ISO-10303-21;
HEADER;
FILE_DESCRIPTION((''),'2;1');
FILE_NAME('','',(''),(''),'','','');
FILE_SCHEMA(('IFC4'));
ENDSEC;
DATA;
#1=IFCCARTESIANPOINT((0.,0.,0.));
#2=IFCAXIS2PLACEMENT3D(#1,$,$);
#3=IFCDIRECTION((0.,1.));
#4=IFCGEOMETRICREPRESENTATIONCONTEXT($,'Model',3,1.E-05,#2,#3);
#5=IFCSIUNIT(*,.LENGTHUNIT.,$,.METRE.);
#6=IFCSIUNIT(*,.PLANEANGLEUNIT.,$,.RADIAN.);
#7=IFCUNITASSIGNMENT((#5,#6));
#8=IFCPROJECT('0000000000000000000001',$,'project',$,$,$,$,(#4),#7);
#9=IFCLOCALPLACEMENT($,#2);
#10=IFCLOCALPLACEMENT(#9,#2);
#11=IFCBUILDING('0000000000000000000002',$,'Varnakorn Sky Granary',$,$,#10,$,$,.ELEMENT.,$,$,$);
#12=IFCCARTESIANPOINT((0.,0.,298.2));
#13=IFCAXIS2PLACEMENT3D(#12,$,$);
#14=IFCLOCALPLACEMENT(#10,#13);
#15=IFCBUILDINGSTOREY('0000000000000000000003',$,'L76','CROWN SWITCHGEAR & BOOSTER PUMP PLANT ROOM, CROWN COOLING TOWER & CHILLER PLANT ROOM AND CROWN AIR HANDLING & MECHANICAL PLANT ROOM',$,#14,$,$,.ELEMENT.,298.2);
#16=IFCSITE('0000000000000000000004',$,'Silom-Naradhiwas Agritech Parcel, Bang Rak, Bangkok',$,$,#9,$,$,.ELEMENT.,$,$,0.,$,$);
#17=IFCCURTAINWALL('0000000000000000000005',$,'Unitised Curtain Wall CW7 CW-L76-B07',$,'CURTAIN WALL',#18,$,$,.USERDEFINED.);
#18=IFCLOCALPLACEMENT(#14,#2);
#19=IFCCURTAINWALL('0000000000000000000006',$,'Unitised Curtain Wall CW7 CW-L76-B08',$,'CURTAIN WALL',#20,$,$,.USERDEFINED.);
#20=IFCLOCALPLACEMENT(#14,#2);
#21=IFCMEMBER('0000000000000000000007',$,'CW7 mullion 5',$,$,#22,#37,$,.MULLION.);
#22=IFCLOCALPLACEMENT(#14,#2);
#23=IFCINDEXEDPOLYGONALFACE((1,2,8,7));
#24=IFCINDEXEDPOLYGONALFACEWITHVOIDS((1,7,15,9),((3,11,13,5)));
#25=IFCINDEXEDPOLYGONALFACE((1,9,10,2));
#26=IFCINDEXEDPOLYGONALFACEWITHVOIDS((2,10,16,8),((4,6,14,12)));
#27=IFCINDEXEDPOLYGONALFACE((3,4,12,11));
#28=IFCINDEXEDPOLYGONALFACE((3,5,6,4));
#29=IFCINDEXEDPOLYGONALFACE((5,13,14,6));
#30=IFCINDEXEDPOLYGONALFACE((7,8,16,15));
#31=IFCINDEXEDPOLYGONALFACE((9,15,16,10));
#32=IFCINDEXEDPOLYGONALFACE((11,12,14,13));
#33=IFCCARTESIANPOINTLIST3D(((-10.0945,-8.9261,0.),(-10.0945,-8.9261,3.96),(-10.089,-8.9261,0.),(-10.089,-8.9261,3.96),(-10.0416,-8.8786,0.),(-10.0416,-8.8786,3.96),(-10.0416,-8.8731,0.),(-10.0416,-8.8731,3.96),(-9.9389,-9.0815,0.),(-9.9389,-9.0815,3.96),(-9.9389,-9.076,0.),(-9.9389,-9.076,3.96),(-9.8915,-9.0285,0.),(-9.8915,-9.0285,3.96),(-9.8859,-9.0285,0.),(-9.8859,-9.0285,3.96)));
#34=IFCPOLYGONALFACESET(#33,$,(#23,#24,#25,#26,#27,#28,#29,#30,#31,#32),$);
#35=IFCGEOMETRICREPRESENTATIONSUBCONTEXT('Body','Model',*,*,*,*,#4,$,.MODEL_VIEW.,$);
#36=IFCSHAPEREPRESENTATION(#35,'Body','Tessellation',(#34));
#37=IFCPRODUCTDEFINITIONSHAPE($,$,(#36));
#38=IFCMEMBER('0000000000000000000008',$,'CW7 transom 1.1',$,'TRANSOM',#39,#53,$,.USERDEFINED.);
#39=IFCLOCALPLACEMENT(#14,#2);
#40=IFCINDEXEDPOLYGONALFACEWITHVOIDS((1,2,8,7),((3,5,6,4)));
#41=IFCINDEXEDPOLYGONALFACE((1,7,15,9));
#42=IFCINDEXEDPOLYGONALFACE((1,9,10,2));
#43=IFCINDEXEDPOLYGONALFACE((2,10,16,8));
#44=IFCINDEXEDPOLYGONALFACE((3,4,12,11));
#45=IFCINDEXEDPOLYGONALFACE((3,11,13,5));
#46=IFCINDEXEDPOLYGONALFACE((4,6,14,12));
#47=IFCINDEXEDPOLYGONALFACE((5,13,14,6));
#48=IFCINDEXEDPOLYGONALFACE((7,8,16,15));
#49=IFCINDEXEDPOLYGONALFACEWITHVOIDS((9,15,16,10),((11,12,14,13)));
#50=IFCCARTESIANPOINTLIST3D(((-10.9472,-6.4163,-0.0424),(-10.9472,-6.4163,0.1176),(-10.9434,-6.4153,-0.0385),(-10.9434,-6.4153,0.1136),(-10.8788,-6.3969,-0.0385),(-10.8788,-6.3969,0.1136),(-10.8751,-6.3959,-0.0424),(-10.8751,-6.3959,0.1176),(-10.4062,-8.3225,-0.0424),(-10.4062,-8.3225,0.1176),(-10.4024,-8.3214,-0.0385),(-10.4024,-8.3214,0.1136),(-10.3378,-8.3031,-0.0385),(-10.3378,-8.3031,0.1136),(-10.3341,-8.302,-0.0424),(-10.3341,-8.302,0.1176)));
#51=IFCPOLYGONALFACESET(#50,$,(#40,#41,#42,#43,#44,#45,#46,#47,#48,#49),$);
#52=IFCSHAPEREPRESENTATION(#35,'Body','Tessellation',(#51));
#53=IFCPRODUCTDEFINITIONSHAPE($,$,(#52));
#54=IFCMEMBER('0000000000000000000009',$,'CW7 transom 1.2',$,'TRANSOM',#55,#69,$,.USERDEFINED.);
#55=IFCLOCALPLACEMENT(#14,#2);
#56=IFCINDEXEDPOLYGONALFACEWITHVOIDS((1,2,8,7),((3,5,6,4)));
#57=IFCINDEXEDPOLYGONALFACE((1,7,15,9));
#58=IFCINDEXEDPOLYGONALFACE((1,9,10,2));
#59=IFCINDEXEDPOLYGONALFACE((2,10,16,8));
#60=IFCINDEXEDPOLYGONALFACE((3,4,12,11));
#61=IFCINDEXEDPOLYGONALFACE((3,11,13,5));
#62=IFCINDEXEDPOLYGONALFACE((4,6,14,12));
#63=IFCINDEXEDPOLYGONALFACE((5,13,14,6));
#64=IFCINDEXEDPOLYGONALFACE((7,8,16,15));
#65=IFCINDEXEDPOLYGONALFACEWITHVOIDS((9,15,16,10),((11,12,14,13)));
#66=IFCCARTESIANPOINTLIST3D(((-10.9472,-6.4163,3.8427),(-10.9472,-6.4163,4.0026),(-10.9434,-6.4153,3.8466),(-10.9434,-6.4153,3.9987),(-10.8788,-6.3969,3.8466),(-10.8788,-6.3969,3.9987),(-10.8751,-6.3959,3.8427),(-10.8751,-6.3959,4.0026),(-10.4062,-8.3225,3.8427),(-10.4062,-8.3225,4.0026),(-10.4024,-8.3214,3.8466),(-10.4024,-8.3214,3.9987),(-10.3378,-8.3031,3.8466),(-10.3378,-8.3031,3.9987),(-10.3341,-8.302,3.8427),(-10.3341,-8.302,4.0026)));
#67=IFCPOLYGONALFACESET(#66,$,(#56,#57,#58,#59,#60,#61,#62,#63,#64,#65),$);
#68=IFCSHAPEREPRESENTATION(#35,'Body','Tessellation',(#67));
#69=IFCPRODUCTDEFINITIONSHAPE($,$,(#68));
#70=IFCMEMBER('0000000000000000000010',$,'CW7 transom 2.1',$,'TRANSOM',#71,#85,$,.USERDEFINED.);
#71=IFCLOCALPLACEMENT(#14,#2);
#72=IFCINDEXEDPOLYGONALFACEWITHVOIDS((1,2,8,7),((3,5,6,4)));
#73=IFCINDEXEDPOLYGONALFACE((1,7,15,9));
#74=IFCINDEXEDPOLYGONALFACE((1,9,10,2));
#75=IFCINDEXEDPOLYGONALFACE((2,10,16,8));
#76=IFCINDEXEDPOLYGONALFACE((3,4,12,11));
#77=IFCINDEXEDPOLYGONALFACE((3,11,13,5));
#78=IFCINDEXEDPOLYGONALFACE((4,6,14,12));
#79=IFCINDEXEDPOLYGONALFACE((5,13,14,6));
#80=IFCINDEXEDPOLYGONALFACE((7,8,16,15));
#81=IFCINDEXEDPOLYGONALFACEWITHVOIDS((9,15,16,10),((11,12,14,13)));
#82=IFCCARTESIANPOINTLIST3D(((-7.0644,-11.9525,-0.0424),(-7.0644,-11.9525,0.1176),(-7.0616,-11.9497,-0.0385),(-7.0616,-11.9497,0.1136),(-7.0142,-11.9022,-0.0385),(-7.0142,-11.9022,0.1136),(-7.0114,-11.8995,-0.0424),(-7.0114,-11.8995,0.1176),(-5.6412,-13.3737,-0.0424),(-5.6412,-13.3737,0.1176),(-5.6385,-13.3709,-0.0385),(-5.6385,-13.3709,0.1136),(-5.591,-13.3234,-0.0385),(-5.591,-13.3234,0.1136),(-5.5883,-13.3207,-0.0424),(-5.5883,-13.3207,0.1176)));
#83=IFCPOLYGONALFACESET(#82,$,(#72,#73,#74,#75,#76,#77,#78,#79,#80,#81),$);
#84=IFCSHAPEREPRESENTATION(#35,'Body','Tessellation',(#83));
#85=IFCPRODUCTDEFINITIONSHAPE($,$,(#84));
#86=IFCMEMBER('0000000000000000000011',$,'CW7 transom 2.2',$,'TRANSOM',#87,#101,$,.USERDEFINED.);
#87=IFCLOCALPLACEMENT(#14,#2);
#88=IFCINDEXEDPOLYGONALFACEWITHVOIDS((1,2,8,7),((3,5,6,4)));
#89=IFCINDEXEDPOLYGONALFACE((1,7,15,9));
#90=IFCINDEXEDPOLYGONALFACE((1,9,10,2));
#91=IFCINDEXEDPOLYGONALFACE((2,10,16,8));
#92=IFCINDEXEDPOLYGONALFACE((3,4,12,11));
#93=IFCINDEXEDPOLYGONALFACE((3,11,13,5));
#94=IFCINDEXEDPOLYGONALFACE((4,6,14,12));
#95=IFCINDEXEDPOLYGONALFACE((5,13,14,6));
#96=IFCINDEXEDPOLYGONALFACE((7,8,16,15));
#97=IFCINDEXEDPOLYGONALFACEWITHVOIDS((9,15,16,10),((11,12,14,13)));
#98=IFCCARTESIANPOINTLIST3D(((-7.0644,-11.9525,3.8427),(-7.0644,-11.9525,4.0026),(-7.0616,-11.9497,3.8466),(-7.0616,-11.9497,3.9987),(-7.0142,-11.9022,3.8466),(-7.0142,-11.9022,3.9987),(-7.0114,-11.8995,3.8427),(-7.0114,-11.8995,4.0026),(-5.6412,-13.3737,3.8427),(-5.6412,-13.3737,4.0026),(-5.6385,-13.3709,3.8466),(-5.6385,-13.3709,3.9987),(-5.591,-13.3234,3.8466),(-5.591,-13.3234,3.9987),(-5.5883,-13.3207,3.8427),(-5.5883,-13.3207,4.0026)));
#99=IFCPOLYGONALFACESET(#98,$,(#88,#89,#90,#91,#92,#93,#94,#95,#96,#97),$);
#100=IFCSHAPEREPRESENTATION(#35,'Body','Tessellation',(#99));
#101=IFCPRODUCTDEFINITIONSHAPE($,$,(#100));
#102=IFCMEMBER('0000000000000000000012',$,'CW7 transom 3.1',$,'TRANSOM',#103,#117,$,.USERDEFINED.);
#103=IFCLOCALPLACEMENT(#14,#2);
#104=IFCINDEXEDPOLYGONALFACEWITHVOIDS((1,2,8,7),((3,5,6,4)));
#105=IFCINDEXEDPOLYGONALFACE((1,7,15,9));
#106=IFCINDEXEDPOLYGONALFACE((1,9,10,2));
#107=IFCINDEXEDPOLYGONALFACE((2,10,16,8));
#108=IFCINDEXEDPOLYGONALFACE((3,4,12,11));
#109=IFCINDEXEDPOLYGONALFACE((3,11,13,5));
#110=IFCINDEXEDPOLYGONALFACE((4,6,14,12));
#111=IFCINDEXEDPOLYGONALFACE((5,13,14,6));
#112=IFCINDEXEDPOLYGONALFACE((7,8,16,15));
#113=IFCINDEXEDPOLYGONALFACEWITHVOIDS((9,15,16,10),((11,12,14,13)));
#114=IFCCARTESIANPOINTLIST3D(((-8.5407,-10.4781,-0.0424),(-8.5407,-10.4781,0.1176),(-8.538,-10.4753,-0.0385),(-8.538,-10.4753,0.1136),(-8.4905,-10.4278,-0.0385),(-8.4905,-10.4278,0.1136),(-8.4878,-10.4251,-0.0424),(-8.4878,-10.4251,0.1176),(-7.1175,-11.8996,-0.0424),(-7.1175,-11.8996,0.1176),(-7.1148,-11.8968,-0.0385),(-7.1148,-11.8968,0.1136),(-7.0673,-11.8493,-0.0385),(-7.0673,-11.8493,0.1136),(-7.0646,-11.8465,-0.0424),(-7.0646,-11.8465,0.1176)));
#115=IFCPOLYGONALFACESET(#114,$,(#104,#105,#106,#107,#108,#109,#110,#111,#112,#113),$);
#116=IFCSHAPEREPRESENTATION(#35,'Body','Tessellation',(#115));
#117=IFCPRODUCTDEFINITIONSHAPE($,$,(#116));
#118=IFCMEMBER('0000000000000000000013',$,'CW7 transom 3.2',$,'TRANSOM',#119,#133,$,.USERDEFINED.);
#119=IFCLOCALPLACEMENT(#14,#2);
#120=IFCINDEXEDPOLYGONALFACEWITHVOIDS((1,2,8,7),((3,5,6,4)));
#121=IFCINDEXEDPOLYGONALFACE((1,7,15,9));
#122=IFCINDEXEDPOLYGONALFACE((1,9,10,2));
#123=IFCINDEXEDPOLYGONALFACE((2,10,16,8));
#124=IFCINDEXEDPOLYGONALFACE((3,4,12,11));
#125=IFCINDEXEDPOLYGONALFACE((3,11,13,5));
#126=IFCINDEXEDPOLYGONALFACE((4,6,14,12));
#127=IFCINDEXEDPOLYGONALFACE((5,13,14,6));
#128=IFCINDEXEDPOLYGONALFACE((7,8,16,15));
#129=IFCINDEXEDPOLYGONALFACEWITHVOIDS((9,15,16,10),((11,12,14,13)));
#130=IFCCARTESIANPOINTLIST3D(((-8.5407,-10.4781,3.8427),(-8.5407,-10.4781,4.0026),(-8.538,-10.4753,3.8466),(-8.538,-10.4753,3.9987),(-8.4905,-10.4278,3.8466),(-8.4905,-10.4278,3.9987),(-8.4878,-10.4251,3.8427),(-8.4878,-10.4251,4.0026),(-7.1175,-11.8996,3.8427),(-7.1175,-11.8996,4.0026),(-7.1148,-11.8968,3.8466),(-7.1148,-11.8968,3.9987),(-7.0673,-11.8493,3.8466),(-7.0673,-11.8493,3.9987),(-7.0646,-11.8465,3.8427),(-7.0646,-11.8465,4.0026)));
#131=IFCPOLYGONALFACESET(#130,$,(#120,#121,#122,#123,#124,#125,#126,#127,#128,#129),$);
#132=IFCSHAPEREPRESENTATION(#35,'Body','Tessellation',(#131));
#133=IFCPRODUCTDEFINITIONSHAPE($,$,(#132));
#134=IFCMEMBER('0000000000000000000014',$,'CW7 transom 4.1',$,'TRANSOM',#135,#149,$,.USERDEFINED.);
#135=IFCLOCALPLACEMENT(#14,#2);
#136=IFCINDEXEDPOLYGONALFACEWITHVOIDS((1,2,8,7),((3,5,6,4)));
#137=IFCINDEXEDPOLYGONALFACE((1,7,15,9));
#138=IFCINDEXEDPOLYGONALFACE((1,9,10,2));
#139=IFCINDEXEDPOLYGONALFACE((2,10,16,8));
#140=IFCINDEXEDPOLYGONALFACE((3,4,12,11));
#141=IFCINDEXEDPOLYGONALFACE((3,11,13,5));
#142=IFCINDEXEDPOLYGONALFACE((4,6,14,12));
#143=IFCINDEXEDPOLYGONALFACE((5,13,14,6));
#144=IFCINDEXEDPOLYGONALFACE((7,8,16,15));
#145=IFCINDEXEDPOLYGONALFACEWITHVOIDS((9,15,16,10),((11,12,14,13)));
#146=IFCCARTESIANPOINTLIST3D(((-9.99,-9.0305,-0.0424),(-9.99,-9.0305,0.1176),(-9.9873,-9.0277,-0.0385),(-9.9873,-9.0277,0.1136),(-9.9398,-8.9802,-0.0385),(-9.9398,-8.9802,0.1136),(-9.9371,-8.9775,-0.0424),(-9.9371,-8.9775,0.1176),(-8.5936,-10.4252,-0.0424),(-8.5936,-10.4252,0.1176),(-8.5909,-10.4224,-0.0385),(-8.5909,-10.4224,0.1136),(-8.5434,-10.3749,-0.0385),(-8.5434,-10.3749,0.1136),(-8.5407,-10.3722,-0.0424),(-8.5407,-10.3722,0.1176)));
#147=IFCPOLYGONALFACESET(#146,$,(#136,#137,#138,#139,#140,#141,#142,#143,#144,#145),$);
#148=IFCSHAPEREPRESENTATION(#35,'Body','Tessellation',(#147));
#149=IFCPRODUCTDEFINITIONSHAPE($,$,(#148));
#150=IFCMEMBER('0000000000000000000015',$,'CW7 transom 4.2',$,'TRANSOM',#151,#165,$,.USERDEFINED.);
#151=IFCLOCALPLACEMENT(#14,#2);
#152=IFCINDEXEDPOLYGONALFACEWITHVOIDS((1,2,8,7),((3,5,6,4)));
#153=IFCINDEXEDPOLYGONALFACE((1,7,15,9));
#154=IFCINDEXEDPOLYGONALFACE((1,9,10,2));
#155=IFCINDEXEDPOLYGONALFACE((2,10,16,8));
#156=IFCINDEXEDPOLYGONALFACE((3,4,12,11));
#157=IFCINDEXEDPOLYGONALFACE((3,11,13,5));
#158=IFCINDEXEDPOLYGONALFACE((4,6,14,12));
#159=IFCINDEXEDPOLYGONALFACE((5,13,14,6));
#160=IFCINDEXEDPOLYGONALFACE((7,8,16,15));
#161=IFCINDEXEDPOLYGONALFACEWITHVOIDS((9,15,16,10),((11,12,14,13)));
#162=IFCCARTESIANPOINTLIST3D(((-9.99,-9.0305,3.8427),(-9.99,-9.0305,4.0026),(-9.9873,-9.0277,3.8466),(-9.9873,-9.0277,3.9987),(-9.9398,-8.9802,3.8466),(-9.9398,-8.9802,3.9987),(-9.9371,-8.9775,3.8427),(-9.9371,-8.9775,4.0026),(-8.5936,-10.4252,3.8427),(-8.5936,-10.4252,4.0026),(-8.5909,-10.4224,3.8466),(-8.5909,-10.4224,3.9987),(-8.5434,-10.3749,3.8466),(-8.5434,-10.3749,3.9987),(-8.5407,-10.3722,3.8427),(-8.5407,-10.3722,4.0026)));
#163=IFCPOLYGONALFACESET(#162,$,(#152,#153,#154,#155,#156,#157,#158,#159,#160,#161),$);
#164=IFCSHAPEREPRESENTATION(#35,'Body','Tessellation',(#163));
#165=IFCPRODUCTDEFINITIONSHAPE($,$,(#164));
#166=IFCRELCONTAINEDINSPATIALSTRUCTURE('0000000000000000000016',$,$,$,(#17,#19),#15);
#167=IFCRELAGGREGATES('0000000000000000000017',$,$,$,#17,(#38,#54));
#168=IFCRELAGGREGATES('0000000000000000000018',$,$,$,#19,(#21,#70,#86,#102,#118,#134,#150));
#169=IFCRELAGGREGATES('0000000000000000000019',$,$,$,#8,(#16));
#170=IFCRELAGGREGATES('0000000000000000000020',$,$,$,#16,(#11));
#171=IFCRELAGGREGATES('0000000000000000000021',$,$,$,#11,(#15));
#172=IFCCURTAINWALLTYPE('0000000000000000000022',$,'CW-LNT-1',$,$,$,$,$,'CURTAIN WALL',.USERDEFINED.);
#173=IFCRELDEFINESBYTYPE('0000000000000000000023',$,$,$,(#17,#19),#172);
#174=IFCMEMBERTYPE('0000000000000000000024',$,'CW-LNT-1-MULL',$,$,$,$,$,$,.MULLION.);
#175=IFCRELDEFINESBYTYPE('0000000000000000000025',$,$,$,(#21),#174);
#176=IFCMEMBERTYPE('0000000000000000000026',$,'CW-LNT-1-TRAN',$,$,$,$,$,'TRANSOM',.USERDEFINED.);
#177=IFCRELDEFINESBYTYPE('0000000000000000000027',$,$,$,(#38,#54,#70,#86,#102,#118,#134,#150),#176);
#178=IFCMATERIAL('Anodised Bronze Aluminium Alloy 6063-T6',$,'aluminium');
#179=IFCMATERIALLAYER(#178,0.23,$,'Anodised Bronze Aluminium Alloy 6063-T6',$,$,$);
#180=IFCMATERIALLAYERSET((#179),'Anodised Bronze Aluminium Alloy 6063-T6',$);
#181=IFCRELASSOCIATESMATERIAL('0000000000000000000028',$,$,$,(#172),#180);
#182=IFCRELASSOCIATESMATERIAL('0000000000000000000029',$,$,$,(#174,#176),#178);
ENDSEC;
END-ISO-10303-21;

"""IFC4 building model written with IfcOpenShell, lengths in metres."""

from ifc_helpers import new_model, si_unit, direction, frame, origin, origin_2d, place, context, subcontext, project, spatial, hollow_rectangle, extrude, material, layer, layer_set, material_profile, profile_set, type_object, element, aggregate, save


model = new_model("IFC4")

# Units and contexts
model_context = context("Model", 3, precision=1e-05, world=origin(), true_north=direction((0.0, 1.0)))
body_context = subcontext(model_context, "Body", "Model", "MODEL_VIEW")
ifc_project = project(units=[si_unit("LENGTHUNIT", "METRE"), si_unit("PLANEANGLEUNIT", "RADIAN")], contexts=[model_context])

# Site, building, storey
site_placement = place(None, origin())
site = spatial("IfcSite", under=ifc_project, at=site_placement, Name="Silom-Naradhiwas Agritech Parcel, Bang Rak, Bangkok", CompositionType="ELEMENT", RefElevation=0.0)
building_placement = place(site_placement, origin())
building = spatial("IfcBuilding", under=site, at=building_placement, Name="Varnakorn Sky Granary", CompositionType="ELEMENT")
storey_placement = place(building_placement, frame((0.0, 0.0, 298.2)))
storey = spatial("IfcBuildingStorey", under=building, at=storey_placement, Name="L76", Description="CROWN SWITCHGEAR & BOOSTER PUMP PLANT ROOM, CROWN COOLING TOWER & CHILLER PLANT ROOM AND CROWN AIR HANDLING & MECHANICAL PLANT ROOM", CompositionType="ELEMENT", Elevation=298.2)

# Curtain wall
ifc_material_1 = material(Name="Anodised Bronze Aluminium Alloy 6063-T6", Category="aluminium")
ifc_layer_1 = layer(ifc_material_1, 0.23, Name="Anodised Bronze Aluminium Alloy 6063-T6")
ifc_layer_set_1 = layer_set([ifc_layer_1], Name="Anodised Bronze Aluminium Alloy 6063-T6")
curtain_wall_type = type_object("IfcCurtainWallType", Name="CW-LNT-1", ElementType="CURTAIN WALL", PredefinedType="USERDEFINED", material=ifc_layer_set_1)
curtain_wall_1_placement = place(storey_placement, origin())
curtain_wall_1 = element("IfcCurtainWall", 1, at=curtain_wall_1_placement, inside=storey, type_object=curtain_wall_type, Name="Unitised Curtain Wall CW7 CW-L76-B07", ObjectType="CURTAIN WALL", PredefinedType="USERDEFINED")
ifc_material_profile_1 = material_profile(ifc_material_1, hollow_rectangle(XDim=0.075, YDim=0.22, WallThickness=0.0039, at=origin_2d()), Name="ALU MULL 75x220")
ifc_profile_set_1 = profile_set([ifc_material_profile_1], Name="Anodised Bronze Aluminium Alloy 6063-T6")
member_type_1 = type_object("IfcMemberType", Name="CW-LNT-1-MULL", PredefinedType="MULLION", material=ifc_profile_set_1)

# Curtain wall, member
curtain_wall_2_placement = place(storey_placement, origin())
curtain_wall_2 = element("IfcCurtainWall", 2, at=curtain_wall_2_placement, inside=storey, type_object=curtain_wall_type, Name="Unitised Curtain Wall CW7 CW-L76-B08", ObjectType="CURTAIN WALL", PredefinedType="USERDEFINED")
member_1_placement = place(storey_placement, frame((-9.9902, -8.9773, 0.0), z_axis=(0.0, 0.0, 1.0), x_axis=(-0.706663, -0.70755, 0.0)))
member_1 = element("IfcMember", 3, at=member_1_placement, type_object=member_type_1, Name="CW7 mullion 5", PredefinedType="MULLION", context=body_context, shape_type="SweptSolid", body=[
    extrude(hollow_rectangle(XDim=0.075, YDim=0.22, WallThickness=0.0039, at=origin_2d()), origin(), (0.0, 0.0, 1.0), 3.96),
])

# Members
ifc_material_profile_2 = material_profile(ifc_material_1, hollow_rectangle(XDim=0.075, YDim=0.1599, WallThickness=0.0039, at=origin_2d()), Name="ALU TRAN 75x160")
ifc_profile_set_2 = profile_set([ifc_material_profile_2], Name="Anodised Bronze Aluminium Alloy 6063-T6")
member_type_2 = type_object("IfcMemberType", Name="CW-LNT-1-TRAN", ElementType="TRANSOM", PredefinedType="USERDEFINED", material=ifc_profile_set_2)
member_2_placement = place(storey_placement, frame((-10.3701, -8.3123, 0.0376), z_axis=(-0.273028, 0.962006, 0.0), x_axis=(-0.962006, -0.273028, 0.0)))
member_2 = element("IfcMember", 4, at=member_2_placement, type_object=member_type_2, Name="CW7 transom 1.1", ObjectType="TRANSOM", PredefinedType="USERDEFINED", context=body_context, shape_type="SweptSolid", body=[
    extrude(hollow_rectangle(XDim=0.075, YDim=0.1599, WallThickness=0.0039, at=origin_2d()), origin(), (0.0, 0.0, 1.0), 1.9814),
])
member_3_placement = place(storey_placement, frame((-10.3701, -8.3123, 3.9226), z_axis=(-0.273028, 0.962006, 0.0), x_axis=(-0.962006, -0.273028, 0.0)))
member_3 = element("IfcMember", 5, at=member_3_placement, type_object=member_type_2, Name="CW7 transom 1.2", ObjectType="TRANSOM", PredefinedType="USERDEFINED", context=body_context, shape_type="SweptSolid", body=[
    extrude(hollow_rectangle(XDim=0.075, YDim=0.1599, WallThickness=0.0039, at=origin_2d()), origin(), (0.0, 0.0, 1.0), 1.9814),
])
aggregate(curtain_wall_1, [member_2, member_3])
member_4_placement = place(storey_placement, frame((-5.6147, -13.3472, 0.0376), z_axis=(-0.707592, 0.706621, 0.0), x_axis=(-0.706621, -0.707592, 0.0)))
member_4 = element("IfcMember", 6, at=member_4_placement, type_object=member_type_2, Name="CW7 transom 2.1", ObjectType="TRANSOM", PredefinedType="USERDEFINED", context=body_context, shape_type="SweptSolid", body=[
    extrude(hollow_rectangle(XDim=0.075, YDim=0.1599, WallThickness=0.0039, at=origin_2d()), origin(), (0.0, 0.0, 1.0), 2.0112),
])
member_5_placement = place(storey_placement, frame((-5.6147, -13.3472, 3.9226), z_axis=(-0.707592, 0.706621, 0.0), x_axis=(-0.706621, -0.707592, 0.0)))
member_5 = element("IfcMember", 7, at=member_5_placement, type_object=member_type_2, Name="CW7 transom 2.2", ObjectType="TRANSOM", PredefinedType="USERDEFINED", context=body_context, shape_type="SweptSolid", body=[
    extrude(hollow_rectangle(XDim=0.075, YDim=0.1599, WallThickness=0.0039, at=origin_2d()), origin(), (0.0, 0.0, 1.0), 2.0112),
])
member_6_placement = place(storey_placement, frame((-7.0911, -11.873, 0.0376), z_axis=(-0.707531, 0.706682, 0.0), x_axis=(-0.706682, -0.707531, 0.0)))
member_6 = element("IfcMember", 8, at=member_6_placement, type_object=member_type_2, Name="CW7 transom 3.1", ObjectType="TRANSOM", PredefinedType="USERDEFINED", context=body_context, shape_type="SweptSolid", body=[
    extrude(hollow_rectangle(XDim=0.075, YDim=0.1599, WallThickness=0.0039, at=origin_2d()), origin(), (0.0, 0.0, 1.0), 2.0115),
])
member_7_placement = place(storey_placement, frame((-7.0911, -11.873, 3.9226), z_axis=(-0.707531, 0.706682, 0.0), x_axis=(-0.706682, -0.707531, 0.0)))
member_7 = element("IfcMember", 9, at=member_7_placement, type_object=member_type_2, Name="CW7 transom 3.2", ObjectType="TRANSOM", PredefinedType="USERDEFINED", context=body_context, shape_type="SweptSolid", body=[
    extrude(hollow_rectangle(XDim=0.075, YDim=0.1599, WallThickness=0.0039, at=origin_2d()), origin(), (0.0, 0.0, 1.0), 2.0115),
])
member_8_placement = place(storey_placement, frame((-8.5671, -10.3987, 0.0376), z_axis=(-0.70754, 0.706674, 0.0), x_axis=(-0.706674, -0.70754, 0.0)))
member_8 = element("IfcMember", 10, at=member_8_placement, type_object=member_type_2, Name="CW7 transom 4.1", ObjectType="TRANSOM", PredefinedType="USERDEFINED", context=body_context, shape_type="SweptSolid", body=[
    extrude(hollow_rectangle(XDim=0.075, YDim=0.1599, WallThickness=0.0039, at=origin_2d()), origin(), (0.0, 0.0, 1.0), 1.9736),
])
member_9_placement = place(storey_placement, frame((-8.5671, -10.3987, 3.9226), z_axis=(-0.70754, 0.706674, 0.0), x_axis=(-0.706674, -0.70754, 0.0)))
member_9 = element("IfcMember", 11, at=member_9_placement, type_object=member_type_2, Name="CW7 transom 4.2", ObjectType="TRANSOM", PredefinedType="USERDEFINED", context=body_context, shape_type="SweptSolid", body=[
    extrude(hollow_rectangle(XDim=0.075, YDim=0.1599, WallThickness=0.0039, at=origin_2d()), origin(), (0.0, 0.0, 1.0), 1.9736),
])

aggregate(curtain_wall_2, [member_1, member_4, member_5, member_6, member_7, member_8, member_9])

save(model, "model.ifc")
